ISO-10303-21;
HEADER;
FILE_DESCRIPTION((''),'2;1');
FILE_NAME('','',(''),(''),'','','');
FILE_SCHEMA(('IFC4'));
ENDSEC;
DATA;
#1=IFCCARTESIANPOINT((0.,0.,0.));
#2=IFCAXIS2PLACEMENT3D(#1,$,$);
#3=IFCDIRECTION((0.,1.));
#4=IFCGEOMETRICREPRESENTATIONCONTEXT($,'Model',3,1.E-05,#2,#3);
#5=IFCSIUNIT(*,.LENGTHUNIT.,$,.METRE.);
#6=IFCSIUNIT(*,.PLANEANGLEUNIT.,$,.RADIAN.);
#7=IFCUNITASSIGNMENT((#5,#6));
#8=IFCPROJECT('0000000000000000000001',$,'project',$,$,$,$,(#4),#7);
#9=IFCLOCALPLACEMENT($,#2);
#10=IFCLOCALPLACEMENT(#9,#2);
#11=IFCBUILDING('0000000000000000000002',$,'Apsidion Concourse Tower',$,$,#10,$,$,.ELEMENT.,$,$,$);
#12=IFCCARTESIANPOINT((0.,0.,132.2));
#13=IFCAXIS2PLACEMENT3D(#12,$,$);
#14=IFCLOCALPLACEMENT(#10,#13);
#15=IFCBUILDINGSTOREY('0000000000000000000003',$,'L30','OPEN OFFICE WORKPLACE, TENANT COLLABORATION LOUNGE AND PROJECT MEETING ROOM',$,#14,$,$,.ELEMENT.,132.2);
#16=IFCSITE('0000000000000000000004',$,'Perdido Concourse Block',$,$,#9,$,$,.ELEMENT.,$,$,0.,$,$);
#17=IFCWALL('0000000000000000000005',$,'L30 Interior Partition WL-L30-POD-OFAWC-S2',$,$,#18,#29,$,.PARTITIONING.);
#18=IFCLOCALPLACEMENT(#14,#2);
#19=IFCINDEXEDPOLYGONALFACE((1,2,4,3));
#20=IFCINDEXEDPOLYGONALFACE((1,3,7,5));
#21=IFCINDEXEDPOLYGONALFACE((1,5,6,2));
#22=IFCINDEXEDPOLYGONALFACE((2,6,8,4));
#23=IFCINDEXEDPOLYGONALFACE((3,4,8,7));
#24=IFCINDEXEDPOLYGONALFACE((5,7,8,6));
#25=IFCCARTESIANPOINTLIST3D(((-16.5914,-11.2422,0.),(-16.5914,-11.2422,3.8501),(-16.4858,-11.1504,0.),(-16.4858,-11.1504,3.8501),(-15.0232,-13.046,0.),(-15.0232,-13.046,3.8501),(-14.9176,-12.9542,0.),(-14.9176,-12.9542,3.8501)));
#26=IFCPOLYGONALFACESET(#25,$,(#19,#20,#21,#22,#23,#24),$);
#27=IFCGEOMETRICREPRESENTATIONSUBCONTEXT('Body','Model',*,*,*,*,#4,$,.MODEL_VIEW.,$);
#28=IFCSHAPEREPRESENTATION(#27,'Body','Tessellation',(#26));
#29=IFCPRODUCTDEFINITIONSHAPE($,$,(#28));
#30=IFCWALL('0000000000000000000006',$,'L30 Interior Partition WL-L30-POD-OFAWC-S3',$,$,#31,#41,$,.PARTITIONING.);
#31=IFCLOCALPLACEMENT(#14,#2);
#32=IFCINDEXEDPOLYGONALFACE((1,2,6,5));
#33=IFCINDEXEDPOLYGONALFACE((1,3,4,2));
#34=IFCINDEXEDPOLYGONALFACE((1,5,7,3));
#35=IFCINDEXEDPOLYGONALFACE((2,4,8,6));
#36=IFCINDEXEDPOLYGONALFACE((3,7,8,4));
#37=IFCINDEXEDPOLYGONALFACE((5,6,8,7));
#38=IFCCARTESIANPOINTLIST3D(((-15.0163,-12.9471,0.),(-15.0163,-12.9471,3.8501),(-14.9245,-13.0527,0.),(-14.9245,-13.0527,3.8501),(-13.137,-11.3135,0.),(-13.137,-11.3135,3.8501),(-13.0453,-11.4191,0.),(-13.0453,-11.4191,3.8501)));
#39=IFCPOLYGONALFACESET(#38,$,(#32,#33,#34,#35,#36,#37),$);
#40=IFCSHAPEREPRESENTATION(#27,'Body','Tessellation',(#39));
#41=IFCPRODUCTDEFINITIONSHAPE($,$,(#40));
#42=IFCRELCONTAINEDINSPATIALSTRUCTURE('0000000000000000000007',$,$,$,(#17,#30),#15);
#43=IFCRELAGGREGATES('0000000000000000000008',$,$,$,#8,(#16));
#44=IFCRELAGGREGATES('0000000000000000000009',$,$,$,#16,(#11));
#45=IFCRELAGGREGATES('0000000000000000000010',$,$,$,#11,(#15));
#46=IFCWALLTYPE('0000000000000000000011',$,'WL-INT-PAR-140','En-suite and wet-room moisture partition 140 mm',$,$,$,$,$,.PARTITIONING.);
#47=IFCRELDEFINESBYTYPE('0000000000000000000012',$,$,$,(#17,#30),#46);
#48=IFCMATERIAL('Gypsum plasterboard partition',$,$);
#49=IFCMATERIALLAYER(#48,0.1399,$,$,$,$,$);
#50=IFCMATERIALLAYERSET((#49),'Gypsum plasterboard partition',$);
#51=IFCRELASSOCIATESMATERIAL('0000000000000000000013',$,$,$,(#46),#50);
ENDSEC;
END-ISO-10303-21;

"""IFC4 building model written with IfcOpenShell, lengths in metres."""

from ifc_helpers import new_model, si_unit, direction, frame, frame_2d, origin, place, context, subcontext, project, spatial, rectangle, extrude, material, layer, layer_set, type_object, element, save


model = new_model("IFC4")

# Units and contexts
model_context = context("Model", 3, precision=1e-05, world=origin(), true_north=direction((0.0, 1.0)))
body_context = subcontext(model_context, "Body", "Model", "MODEL_VIEW")
ifc_project = project(units=[si_unit("LENGTHUNIT", "METRE"), si_unit("PLANEANGLEUNIT", "RADIAN")], contexts=[model_context])

# Site, building, storey
site_placement = place(None, origin())
site = spatial("IfcSite", under=ifc_project, at=site_placement, Name="Perdido Concourse Block", CompositionType="ELEMENT", RefElevation=0.0)
building_placement = place(site_placement, origin())
building = spatial("IfcBuilding", under=site, at=building_placement, Name="Apsidion Concourse Tower", CompositionType="ELEMENT")
storey_placement = place(building_placement, frame((0.0, 0.0, 132.2)))
storey = spatial("IfcBuildingStorey", under=building, at=storey_placement, Name="L30", Description="OPEN OFFICE WORKPLACE, TENANT COLLABORATION LOUNGE AND PROJECT MEETING ROOM", CompositionType="ELEMENT", Elevation=132.2)

# Walls
ifc_material_1 = material(Name="Gypsum plasterboard partition")
ifc_layer_1 = layer(ifc_material_1, 0.1399)
ifc_layer_set_1 = layer_set([ifc_layer_1], Name="Gypsum plasterboard partition")
wall_type_1 = type_object("IfcWallType", Name="WL-INT-PAR-140", Description="En-suite and wet-room moisture partition 140 mm", PredefinedType="PARTITIONING", material=ifc_layer_set_1)
wall_1_placement = place(storey_placement, frame((-16.5386, -11.1963, 0.0), z_axis=(0.0, 0.0, 1.0), x_axis=(0.6561, -0.754674, 0.0)))
element("IfcWall", 1, at=wall_1_placement, inside=storey, type_object=wall_type_1, Name="L30 Interior Partition WL-L30-POD-OFAWC-S2", PredefinedType="PARTITIONING", context=body_context, shape_type="SweptSolid", body=[
    extrude(rectangle(XDim=2.3901, YDim=0.1399, at=frame_2d((1.1951, 0.0))), origin(), (0.0, 0.0, 1.0), 3.8501),
])
wall_2_placement = place(storey_placement, frame((-14.9705, -13.0, 0.0), z_axis=(0.0, 0.0, 1.0), x_axis=(0.754705, 0.656065, 0.0)))
element("IfcWall", 2, at=wall_2_placement, inside=storey, type_object=wall_type_1, Name="L30 Interior Partition WL-L30-POD-OFAWC-S3", PredefinedType="PARTITIONING", context=body_context, shape_type="SweptSolid", body=[
    extrude(rectangle(XDim=2.49, YDim=0.1399, at=frame_2d((1.2451, 0.0))), origin(), (0.0, 0.0, 1.0), 3.8501),
])

save(model, "model.ifc")
